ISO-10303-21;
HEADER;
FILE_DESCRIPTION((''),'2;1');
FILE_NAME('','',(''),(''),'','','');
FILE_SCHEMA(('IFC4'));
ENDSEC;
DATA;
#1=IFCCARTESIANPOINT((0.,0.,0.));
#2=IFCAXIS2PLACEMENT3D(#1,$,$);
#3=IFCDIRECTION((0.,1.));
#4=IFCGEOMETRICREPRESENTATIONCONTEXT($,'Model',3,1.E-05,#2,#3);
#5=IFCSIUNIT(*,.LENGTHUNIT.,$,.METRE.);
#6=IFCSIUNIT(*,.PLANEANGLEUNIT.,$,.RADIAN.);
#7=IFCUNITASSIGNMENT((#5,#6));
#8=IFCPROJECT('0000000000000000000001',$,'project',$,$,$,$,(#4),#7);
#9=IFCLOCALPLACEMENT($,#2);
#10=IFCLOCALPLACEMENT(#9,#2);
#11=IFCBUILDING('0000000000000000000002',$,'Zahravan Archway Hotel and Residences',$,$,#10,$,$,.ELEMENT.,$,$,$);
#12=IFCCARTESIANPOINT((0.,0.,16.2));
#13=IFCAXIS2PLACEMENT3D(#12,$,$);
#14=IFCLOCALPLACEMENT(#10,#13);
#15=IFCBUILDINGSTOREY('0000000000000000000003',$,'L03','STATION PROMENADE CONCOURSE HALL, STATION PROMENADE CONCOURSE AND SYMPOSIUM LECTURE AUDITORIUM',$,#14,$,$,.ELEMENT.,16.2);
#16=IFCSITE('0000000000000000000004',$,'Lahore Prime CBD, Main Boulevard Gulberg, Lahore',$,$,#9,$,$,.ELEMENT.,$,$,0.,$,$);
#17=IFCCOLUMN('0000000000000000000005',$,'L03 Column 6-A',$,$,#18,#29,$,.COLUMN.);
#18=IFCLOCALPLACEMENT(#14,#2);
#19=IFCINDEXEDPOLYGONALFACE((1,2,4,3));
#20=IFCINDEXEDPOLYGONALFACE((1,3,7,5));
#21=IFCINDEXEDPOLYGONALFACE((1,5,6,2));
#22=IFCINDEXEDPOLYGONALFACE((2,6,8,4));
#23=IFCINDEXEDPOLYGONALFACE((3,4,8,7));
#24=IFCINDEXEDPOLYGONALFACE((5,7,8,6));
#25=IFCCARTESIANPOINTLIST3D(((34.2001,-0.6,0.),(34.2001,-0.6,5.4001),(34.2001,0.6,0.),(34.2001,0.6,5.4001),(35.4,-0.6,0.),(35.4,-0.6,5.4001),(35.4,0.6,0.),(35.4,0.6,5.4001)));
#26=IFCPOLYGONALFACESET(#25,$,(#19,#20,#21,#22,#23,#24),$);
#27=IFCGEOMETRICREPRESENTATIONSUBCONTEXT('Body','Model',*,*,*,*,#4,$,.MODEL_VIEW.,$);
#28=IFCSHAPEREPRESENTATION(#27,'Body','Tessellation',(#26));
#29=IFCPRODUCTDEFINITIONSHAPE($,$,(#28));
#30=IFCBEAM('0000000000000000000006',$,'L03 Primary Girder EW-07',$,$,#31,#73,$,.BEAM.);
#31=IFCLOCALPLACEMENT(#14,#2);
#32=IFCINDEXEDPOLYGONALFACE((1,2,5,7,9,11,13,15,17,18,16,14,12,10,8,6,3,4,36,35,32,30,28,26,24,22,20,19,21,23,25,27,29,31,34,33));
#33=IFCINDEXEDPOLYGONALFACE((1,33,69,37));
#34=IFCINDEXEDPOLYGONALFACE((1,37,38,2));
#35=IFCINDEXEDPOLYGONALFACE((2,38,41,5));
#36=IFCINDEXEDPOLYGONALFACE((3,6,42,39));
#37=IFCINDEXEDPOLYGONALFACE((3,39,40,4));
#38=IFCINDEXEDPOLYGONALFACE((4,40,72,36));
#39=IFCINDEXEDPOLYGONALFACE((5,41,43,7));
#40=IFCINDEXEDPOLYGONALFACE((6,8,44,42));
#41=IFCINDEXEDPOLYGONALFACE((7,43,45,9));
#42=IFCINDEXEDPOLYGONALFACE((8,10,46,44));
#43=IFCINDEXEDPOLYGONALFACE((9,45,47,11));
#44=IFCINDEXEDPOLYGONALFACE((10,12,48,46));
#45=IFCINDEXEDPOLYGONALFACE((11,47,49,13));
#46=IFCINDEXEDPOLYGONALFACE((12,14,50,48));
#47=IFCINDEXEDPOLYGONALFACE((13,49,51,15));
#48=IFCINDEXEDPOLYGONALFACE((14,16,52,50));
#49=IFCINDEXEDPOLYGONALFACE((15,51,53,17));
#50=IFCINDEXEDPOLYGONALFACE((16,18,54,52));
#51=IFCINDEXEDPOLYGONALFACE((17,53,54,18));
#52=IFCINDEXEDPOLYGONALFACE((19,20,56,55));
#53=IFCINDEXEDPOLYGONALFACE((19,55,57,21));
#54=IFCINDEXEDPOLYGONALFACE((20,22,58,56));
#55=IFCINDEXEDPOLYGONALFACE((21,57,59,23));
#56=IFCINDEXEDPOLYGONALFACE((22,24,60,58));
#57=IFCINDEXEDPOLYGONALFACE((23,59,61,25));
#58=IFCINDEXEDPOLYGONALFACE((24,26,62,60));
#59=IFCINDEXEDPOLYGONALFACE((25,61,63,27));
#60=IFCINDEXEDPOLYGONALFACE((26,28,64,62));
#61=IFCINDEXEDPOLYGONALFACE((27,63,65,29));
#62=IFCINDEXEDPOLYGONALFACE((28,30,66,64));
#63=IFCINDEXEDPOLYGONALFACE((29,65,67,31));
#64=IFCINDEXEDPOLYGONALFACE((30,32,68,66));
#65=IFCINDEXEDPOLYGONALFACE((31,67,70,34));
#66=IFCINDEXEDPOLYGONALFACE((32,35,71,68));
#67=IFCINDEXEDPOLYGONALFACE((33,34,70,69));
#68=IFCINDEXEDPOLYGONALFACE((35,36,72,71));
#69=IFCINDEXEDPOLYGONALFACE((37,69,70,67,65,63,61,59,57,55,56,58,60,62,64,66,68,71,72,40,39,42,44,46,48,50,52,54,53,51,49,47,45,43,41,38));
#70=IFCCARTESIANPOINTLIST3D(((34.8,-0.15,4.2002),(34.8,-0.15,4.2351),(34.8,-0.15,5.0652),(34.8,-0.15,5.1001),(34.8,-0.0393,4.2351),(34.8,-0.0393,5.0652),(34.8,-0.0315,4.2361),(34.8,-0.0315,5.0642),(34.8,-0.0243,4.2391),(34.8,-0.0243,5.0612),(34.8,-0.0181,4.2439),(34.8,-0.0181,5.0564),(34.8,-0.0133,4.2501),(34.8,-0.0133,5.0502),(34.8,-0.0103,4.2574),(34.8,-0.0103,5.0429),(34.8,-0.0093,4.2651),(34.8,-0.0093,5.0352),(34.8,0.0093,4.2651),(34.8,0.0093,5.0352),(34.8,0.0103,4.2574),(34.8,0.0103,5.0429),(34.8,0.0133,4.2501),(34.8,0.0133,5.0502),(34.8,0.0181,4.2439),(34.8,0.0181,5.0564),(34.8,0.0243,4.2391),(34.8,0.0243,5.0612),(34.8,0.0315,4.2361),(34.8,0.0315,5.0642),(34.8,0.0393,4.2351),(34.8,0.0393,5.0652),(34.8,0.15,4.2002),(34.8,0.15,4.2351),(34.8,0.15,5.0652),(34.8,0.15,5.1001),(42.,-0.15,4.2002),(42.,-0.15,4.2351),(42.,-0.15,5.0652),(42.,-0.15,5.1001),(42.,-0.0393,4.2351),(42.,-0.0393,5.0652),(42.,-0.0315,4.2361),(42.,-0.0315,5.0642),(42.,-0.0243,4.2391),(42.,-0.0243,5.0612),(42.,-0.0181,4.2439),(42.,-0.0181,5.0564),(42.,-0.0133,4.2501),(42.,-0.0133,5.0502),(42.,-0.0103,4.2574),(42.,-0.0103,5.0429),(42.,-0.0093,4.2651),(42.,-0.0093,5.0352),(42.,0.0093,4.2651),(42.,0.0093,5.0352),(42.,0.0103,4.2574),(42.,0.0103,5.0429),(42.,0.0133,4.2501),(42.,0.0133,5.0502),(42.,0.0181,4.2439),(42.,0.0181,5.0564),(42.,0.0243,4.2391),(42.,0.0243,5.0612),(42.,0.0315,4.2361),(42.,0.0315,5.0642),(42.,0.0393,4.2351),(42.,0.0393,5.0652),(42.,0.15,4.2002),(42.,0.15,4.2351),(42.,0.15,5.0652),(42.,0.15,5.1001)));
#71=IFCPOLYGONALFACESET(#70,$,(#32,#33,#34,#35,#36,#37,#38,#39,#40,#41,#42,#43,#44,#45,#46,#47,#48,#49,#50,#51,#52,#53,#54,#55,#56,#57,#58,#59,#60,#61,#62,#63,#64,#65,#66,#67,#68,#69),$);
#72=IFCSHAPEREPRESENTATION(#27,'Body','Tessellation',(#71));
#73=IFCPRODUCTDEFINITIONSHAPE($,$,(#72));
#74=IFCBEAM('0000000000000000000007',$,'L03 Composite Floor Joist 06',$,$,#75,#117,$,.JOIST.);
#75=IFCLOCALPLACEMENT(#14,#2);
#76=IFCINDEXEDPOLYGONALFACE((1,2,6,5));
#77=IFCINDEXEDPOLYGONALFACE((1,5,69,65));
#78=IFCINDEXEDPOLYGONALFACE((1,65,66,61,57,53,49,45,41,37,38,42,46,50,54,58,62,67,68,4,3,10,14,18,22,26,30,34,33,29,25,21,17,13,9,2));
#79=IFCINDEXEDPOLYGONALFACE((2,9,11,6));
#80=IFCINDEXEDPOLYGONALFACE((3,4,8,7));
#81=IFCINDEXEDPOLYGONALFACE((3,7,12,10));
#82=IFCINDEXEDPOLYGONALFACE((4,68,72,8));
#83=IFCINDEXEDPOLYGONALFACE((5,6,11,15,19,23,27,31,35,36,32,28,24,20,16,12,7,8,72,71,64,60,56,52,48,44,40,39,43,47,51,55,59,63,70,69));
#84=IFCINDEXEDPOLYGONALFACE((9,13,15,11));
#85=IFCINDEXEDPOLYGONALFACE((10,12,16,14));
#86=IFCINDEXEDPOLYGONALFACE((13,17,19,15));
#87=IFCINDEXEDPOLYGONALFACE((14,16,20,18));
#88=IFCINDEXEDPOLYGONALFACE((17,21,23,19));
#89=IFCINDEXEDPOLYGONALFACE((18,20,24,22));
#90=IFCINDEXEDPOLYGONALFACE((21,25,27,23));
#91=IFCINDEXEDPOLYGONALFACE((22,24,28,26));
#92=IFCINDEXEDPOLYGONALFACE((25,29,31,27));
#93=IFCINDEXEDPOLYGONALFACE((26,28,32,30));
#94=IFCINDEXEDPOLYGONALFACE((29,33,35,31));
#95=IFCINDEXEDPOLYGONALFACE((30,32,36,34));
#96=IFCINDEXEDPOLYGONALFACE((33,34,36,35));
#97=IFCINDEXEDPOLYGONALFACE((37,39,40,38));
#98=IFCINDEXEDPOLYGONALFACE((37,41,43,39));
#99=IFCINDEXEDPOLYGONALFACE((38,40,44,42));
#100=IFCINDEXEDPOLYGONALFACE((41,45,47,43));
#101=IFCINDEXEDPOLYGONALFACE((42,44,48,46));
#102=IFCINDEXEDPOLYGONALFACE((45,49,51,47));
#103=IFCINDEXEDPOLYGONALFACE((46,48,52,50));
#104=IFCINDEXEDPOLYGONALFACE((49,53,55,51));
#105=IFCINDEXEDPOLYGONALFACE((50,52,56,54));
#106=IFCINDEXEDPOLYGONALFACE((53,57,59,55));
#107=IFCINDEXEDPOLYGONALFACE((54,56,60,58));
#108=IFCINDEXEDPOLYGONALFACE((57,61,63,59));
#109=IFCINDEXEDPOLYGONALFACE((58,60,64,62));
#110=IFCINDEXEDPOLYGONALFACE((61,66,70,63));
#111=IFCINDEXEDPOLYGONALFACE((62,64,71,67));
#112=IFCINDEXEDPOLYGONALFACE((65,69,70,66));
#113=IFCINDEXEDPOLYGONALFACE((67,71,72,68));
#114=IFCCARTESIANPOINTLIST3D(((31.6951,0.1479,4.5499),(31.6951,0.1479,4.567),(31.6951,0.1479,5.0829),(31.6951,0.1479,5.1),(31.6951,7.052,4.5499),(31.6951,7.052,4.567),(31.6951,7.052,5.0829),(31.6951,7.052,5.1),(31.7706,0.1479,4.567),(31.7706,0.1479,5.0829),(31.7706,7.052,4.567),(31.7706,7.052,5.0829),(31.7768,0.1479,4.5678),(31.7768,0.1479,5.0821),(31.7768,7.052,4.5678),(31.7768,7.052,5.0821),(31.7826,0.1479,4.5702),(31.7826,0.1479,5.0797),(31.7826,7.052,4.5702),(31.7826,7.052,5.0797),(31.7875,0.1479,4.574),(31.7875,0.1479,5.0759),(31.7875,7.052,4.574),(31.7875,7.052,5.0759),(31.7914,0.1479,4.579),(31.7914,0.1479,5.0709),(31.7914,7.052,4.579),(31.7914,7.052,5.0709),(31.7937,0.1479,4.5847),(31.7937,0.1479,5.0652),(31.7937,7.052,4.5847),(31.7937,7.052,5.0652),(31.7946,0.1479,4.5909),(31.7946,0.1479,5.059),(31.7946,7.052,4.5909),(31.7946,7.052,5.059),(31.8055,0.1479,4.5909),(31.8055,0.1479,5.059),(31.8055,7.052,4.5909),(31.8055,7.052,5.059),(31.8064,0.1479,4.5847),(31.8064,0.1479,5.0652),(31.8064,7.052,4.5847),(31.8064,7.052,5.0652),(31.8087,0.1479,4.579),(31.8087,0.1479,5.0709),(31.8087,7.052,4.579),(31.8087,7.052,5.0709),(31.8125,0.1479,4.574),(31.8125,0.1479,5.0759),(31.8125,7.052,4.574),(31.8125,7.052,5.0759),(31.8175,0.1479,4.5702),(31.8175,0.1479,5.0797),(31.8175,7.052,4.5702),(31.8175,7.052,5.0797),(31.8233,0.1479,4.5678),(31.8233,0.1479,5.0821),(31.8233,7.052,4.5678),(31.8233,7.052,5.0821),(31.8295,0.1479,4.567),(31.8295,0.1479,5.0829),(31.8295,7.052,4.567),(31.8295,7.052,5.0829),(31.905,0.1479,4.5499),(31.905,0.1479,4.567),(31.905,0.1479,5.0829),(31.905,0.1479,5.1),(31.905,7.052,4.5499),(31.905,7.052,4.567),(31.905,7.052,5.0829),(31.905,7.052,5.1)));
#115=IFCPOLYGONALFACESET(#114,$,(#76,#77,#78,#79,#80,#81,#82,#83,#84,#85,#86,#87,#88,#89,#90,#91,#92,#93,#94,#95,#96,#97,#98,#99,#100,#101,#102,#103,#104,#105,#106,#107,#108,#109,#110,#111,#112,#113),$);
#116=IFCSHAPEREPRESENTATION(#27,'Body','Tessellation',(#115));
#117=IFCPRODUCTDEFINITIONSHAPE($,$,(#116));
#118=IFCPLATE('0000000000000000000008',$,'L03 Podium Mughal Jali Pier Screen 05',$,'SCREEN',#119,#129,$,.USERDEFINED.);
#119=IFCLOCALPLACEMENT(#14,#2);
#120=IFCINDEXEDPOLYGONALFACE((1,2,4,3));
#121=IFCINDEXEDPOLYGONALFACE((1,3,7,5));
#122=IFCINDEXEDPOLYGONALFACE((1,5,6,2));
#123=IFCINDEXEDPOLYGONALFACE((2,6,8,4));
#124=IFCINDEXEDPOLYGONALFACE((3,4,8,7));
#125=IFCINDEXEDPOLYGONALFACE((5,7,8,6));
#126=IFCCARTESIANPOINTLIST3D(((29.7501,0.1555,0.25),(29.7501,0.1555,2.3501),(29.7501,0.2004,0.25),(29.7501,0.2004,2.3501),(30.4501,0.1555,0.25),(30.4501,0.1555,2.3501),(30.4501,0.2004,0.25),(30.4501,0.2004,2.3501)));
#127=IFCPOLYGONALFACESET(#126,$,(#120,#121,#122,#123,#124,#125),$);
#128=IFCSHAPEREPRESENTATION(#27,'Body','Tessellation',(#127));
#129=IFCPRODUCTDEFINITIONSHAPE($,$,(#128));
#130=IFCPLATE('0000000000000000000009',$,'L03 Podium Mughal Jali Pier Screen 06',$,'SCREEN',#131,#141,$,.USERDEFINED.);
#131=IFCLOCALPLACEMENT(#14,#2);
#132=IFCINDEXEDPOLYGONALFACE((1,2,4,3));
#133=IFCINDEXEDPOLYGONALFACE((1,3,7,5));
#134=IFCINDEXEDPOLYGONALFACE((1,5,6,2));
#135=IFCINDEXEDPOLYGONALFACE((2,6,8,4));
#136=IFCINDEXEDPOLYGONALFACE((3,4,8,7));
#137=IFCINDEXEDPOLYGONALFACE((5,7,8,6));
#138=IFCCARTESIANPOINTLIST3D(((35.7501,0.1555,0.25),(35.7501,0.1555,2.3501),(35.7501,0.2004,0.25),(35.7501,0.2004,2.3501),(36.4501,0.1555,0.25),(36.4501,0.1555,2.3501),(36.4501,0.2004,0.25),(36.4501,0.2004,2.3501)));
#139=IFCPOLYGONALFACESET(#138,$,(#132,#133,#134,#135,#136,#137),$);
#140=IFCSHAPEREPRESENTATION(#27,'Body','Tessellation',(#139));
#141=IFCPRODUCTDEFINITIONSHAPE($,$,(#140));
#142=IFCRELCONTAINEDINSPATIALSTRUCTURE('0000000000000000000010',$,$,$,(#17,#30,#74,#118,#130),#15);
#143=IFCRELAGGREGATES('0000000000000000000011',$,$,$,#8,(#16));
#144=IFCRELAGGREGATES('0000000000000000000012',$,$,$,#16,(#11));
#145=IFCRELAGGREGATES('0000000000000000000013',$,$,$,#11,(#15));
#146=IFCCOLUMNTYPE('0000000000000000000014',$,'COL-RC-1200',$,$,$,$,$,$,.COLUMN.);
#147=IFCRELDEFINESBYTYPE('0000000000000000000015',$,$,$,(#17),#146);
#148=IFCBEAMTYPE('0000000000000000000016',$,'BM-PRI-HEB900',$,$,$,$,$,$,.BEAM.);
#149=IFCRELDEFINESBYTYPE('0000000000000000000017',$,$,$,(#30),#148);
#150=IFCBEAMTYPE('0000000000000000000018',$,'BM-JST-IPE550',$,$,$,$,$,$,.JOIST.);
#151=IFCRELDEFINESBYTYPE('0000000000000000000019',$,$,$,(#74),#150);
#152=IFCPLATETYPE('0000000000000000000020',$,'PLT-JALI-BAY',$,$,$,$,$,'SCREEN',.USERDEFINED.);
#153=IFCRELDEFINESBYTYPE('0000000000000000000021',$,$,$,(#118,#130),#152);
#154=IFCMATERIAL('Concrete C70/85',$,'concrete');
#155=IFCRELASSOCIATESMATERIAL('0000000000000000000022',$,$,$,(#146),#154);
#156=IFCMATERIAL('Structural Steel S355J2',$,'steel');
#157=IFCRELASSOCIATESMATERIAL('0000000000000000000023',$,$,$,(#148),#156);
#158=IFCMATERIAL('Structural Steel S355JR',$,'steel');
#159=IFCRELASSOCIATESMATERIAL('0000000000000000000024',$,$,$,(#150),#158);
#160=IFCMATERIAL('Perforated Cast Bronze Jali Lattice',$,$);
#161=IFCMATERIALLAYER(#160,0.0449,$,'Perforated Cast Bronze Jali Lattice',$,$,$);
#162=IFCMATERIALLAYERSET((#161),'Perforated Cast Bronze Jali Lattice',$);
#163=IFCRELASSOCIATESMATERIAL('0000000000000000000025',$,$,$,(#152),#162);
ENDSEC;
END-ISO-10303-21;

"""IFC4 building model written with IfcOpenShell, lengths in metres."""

from ifc_helpers import new_model, si_unit, direction, frame, origin, origin_2d, place, context, subcontext, project, spatial, rectangle, i_section, extrude, source, transform, mapped, material, layer, layer_set, material_profile, profile_set, type_object, type_shapes, element, save


model = new_model("IFC4")

# Units and contexts
model_context = context("Model", 3, precision=1e-05, world=origin(), true_north=direction((0.0, 1.0)))
body_context = subcontext(model_context, "Body", "Model", "MODEL_VIEW")
ifc_project = project(units=[si_unit("LENGTHUNIT", "METRE"), si_unit("PLANEANGLEUNIT", "RADIAN")], contexts=[model_context])

# Site, building, storey
site_placement = place(None, origin())
site = spatial("IfcSite", under=ifc_project, at=site_placement, Name="Lahore Prime CBD, Main Boulevard Gulberg, Lahore", CompositionType="ELEMENT", RefElevation=0.0)
building_placement = place(site_placement, origin())
building = spatial("IfcBuilding", under=site, at=building_placement, Name="Zahravan Archway Hotel and Residences", CompositionType="ELEMENT")
storey_placement = place(building_placement, frame((0.0, 0.0, 16.2)))
storey = spatial("IfcBuildingStorey", under=building, at=storey_placement, Name="L03", Description="STATION PROMENADE CONCOURSE HALL, STATION PROMENADE CONCOURSE AND SYMPOSIUM LECTURE AUDITORIUM", CompositionType="ELEMENT", Elevation=16.2)

# Column
ifc_material_1 = material(Name="Concrete C70/85", Category="concrete")
ifc_material_profile_1 = material_profile(ifc_material_1, rectangle(XDim=1.2, YDim=1.2, at=origin_2d()), Name="RC-COL-1200x1200", Category="concrete")
ifc_profile_set_1 = profile_set([ifc_material_profile_1], Name="Concrete C70/85")
column_type = type_object("IfcColumnType", Name="COL-RC-1200", PredefinedType="COLUMN", material=ifc_profile_set_1)
shared_shape_1 = source(origin(), body_context, "Body", "SweptSolid", [
    extrude(rectangle(XDim=1.2, YDim=1.2, at=origin_2d()), origin(), (0.0, 0.0, 1.0), 5.4001),
])
column_placement = place(storey_placement, frame((34.8, 0.0, 0.0), z_axis=(0.0, 0.0, 1.0), x_axis=(1.0, 0.0, 0.0)))
element("IfcColumn", 1, at=column_placement, inside=storey, type_object=column_type, Name="L03 Column 6-A", PredefinedType="COLUMN", context=body_context, shape_type="MappedRepresentation", body=[
    mapped(shared_shape_1, transform((0.0, 0.0, 0.0), scale=1.0)),
])

# Beams
ifc_material_2 = material(Name="Structural Steel S355J2", Category="steel")
ifc_material_profile_2 = material_profile(ifc_material_2, i_section(OverallWidth=0.3, OverallDepth=0.8999, WebThickness=0.0186, FlangeThickness=0.0349, FilletRadius=0.03, at=origin_2d()), Name="HEB 900", Category="steel")
ifc_profile_set_2 = profile_set([ifc_material_profile_2], Name="Structural Steel S355J2")
beam_type_1 = type_object("IfcBeamType", Name="BM-PRI-HEB900", PredefinedType="BEAM", material=ifc_profile_set_2)
shared_shape_2 = source(origin(), body_context, "Body", "SweptSolid", [
    extrude(i_section(OverallWidth=0.3, OverallDepth=0.8999, WebThickness=0.0186, FlangeThickness=0.0349, FilletRadius=0.03, at=origin_2d()), origin(), (0.0, 0.0, 1.0), 7.2),
])
beam_1_placement = place(storey_placement, frame((34.8, 0.0, 4.6501), z_axis=(1.0, 0.0, 0.0), x_axis=(0.0, 1.0, 0.0)))
element("IfcBeam", 2, at=beam_1_placement, inside=storey, type_object=beam_type_1, Name="L03 Primary Girder EW-07", PredefinedType="BEAM", context=body_context, shape_type="MappedRepresentation", body=[
    mapped(shared_shape_2, transform((0.0, 0.0, 0.0), scale=1.0)),
])
ifc_material_3 = material(Name="Structural Steel S355JR", Category="steel")
ifc_material_profile_3 = material_profile(ifc_material_3, i_section(OverallWidth=0.21, OverallDepth=0.55, WebThickness=0.011, FlangeThickness=0.0171, FilletRadius=0.0239, at=origin_2d()), Name="IPE 550", Category="steel")
ifc_profile_set_3 = profile_set([ifc_material_profile_3], Name="Structural Steel S355JR")
beam_type_2 = type_object("IfcBeamType", Name="BM-JST-IPE550", PredefinedType="JOIST", material=ifc_profile_set_3)
shared_shape_3 = source(origin(), body_context, "Body", "SweptSolid", [
    extrude(i_section(OverallWidth=0.21, OverallDepth=0.55, WebThickness=0.011, FlangeThickness=0.0171, FilletRadius=0.0239, at=origin_2d()), origin(), (0.0, 0.0, 1.0), 6.9041),
])
type_shapes(beam_type_2, [shared_shape_3])
beam_2_placement = place(storey_placement, frame((31.8, 0.1479, 4.825), z_axis=(0.0, 1.0, 0.0), x_axis=(-1.0, 0.0, 0.0)))
element("IfcBeam", 3, at=beam_2_placement, inside=storey, type_object=beam_type_2, Name="L03 Composite Floor Joist 06", PredefinedType="JOIST", context=body_context, shape_type="MappedRepresentation", body=[
    mapped(shared_shape_3, transform((0.0, 0.0, 0.0), scale=1.0)),
])

# Plates
ifc_material_4 = material(Name="Perforated Cast Bronze Jali Lattice")
ifc_layer_1 = layer(ifc_material_4, 0.0449, Name="Perforated Cast Bronze Jali Lattice")
ifc_layer_set_1 = layer_set([ifc_layer_1], Name="Perforated Cast Bronze Jali Lattice")
plate_type = type_object("IfcPlateType", Name="PLT-JALI-BAY", ElementType="SCREEN", PredefinedType="USERDEFINED", material=ifc_layer_set_1)
shared_shape_4 = source(origin(), body_context, "Body", "SweptSolid", [
    extrude(rectangle(XDim=0.7, YDim=0.0449, at=origin_2d()), origin(), (0.0, 0.0, 1.0), 2.1001),
])
type_shapes(plate_type, [shared_shape_4])
for number, where, z_axis, x_axis, name in (
    (4, (30.1001, 0.178, 0.25), (0.0, 0.0, 1.0), (1.0, 0.0, 0.0), "L03 Podium Mughal Jali Pier Screen 05"),
    (5, (36.1001, 0.178, 0.25), (0.0, 0.0, 1.0), (1.0, 0.0, 0.0), "L03 Podium Mughal Jali Pier Screen 06"),
):
    element("IfcPlate", number, at=place(storey_placement, frame(where, z_axis=z_axis, x_axis=x_axis)), inside=storey, type_object=plate_type, Name=name, ObjectType="SCREEN", PredefinedType="USERDEFINED", context=body_context, shape_type="MappedRepresentation", body=[
        mapped(shared_shape_4, transform((0.0, 0.0, 0.0), scale=1.0)),
    ])

save(model, "model.ifc")
